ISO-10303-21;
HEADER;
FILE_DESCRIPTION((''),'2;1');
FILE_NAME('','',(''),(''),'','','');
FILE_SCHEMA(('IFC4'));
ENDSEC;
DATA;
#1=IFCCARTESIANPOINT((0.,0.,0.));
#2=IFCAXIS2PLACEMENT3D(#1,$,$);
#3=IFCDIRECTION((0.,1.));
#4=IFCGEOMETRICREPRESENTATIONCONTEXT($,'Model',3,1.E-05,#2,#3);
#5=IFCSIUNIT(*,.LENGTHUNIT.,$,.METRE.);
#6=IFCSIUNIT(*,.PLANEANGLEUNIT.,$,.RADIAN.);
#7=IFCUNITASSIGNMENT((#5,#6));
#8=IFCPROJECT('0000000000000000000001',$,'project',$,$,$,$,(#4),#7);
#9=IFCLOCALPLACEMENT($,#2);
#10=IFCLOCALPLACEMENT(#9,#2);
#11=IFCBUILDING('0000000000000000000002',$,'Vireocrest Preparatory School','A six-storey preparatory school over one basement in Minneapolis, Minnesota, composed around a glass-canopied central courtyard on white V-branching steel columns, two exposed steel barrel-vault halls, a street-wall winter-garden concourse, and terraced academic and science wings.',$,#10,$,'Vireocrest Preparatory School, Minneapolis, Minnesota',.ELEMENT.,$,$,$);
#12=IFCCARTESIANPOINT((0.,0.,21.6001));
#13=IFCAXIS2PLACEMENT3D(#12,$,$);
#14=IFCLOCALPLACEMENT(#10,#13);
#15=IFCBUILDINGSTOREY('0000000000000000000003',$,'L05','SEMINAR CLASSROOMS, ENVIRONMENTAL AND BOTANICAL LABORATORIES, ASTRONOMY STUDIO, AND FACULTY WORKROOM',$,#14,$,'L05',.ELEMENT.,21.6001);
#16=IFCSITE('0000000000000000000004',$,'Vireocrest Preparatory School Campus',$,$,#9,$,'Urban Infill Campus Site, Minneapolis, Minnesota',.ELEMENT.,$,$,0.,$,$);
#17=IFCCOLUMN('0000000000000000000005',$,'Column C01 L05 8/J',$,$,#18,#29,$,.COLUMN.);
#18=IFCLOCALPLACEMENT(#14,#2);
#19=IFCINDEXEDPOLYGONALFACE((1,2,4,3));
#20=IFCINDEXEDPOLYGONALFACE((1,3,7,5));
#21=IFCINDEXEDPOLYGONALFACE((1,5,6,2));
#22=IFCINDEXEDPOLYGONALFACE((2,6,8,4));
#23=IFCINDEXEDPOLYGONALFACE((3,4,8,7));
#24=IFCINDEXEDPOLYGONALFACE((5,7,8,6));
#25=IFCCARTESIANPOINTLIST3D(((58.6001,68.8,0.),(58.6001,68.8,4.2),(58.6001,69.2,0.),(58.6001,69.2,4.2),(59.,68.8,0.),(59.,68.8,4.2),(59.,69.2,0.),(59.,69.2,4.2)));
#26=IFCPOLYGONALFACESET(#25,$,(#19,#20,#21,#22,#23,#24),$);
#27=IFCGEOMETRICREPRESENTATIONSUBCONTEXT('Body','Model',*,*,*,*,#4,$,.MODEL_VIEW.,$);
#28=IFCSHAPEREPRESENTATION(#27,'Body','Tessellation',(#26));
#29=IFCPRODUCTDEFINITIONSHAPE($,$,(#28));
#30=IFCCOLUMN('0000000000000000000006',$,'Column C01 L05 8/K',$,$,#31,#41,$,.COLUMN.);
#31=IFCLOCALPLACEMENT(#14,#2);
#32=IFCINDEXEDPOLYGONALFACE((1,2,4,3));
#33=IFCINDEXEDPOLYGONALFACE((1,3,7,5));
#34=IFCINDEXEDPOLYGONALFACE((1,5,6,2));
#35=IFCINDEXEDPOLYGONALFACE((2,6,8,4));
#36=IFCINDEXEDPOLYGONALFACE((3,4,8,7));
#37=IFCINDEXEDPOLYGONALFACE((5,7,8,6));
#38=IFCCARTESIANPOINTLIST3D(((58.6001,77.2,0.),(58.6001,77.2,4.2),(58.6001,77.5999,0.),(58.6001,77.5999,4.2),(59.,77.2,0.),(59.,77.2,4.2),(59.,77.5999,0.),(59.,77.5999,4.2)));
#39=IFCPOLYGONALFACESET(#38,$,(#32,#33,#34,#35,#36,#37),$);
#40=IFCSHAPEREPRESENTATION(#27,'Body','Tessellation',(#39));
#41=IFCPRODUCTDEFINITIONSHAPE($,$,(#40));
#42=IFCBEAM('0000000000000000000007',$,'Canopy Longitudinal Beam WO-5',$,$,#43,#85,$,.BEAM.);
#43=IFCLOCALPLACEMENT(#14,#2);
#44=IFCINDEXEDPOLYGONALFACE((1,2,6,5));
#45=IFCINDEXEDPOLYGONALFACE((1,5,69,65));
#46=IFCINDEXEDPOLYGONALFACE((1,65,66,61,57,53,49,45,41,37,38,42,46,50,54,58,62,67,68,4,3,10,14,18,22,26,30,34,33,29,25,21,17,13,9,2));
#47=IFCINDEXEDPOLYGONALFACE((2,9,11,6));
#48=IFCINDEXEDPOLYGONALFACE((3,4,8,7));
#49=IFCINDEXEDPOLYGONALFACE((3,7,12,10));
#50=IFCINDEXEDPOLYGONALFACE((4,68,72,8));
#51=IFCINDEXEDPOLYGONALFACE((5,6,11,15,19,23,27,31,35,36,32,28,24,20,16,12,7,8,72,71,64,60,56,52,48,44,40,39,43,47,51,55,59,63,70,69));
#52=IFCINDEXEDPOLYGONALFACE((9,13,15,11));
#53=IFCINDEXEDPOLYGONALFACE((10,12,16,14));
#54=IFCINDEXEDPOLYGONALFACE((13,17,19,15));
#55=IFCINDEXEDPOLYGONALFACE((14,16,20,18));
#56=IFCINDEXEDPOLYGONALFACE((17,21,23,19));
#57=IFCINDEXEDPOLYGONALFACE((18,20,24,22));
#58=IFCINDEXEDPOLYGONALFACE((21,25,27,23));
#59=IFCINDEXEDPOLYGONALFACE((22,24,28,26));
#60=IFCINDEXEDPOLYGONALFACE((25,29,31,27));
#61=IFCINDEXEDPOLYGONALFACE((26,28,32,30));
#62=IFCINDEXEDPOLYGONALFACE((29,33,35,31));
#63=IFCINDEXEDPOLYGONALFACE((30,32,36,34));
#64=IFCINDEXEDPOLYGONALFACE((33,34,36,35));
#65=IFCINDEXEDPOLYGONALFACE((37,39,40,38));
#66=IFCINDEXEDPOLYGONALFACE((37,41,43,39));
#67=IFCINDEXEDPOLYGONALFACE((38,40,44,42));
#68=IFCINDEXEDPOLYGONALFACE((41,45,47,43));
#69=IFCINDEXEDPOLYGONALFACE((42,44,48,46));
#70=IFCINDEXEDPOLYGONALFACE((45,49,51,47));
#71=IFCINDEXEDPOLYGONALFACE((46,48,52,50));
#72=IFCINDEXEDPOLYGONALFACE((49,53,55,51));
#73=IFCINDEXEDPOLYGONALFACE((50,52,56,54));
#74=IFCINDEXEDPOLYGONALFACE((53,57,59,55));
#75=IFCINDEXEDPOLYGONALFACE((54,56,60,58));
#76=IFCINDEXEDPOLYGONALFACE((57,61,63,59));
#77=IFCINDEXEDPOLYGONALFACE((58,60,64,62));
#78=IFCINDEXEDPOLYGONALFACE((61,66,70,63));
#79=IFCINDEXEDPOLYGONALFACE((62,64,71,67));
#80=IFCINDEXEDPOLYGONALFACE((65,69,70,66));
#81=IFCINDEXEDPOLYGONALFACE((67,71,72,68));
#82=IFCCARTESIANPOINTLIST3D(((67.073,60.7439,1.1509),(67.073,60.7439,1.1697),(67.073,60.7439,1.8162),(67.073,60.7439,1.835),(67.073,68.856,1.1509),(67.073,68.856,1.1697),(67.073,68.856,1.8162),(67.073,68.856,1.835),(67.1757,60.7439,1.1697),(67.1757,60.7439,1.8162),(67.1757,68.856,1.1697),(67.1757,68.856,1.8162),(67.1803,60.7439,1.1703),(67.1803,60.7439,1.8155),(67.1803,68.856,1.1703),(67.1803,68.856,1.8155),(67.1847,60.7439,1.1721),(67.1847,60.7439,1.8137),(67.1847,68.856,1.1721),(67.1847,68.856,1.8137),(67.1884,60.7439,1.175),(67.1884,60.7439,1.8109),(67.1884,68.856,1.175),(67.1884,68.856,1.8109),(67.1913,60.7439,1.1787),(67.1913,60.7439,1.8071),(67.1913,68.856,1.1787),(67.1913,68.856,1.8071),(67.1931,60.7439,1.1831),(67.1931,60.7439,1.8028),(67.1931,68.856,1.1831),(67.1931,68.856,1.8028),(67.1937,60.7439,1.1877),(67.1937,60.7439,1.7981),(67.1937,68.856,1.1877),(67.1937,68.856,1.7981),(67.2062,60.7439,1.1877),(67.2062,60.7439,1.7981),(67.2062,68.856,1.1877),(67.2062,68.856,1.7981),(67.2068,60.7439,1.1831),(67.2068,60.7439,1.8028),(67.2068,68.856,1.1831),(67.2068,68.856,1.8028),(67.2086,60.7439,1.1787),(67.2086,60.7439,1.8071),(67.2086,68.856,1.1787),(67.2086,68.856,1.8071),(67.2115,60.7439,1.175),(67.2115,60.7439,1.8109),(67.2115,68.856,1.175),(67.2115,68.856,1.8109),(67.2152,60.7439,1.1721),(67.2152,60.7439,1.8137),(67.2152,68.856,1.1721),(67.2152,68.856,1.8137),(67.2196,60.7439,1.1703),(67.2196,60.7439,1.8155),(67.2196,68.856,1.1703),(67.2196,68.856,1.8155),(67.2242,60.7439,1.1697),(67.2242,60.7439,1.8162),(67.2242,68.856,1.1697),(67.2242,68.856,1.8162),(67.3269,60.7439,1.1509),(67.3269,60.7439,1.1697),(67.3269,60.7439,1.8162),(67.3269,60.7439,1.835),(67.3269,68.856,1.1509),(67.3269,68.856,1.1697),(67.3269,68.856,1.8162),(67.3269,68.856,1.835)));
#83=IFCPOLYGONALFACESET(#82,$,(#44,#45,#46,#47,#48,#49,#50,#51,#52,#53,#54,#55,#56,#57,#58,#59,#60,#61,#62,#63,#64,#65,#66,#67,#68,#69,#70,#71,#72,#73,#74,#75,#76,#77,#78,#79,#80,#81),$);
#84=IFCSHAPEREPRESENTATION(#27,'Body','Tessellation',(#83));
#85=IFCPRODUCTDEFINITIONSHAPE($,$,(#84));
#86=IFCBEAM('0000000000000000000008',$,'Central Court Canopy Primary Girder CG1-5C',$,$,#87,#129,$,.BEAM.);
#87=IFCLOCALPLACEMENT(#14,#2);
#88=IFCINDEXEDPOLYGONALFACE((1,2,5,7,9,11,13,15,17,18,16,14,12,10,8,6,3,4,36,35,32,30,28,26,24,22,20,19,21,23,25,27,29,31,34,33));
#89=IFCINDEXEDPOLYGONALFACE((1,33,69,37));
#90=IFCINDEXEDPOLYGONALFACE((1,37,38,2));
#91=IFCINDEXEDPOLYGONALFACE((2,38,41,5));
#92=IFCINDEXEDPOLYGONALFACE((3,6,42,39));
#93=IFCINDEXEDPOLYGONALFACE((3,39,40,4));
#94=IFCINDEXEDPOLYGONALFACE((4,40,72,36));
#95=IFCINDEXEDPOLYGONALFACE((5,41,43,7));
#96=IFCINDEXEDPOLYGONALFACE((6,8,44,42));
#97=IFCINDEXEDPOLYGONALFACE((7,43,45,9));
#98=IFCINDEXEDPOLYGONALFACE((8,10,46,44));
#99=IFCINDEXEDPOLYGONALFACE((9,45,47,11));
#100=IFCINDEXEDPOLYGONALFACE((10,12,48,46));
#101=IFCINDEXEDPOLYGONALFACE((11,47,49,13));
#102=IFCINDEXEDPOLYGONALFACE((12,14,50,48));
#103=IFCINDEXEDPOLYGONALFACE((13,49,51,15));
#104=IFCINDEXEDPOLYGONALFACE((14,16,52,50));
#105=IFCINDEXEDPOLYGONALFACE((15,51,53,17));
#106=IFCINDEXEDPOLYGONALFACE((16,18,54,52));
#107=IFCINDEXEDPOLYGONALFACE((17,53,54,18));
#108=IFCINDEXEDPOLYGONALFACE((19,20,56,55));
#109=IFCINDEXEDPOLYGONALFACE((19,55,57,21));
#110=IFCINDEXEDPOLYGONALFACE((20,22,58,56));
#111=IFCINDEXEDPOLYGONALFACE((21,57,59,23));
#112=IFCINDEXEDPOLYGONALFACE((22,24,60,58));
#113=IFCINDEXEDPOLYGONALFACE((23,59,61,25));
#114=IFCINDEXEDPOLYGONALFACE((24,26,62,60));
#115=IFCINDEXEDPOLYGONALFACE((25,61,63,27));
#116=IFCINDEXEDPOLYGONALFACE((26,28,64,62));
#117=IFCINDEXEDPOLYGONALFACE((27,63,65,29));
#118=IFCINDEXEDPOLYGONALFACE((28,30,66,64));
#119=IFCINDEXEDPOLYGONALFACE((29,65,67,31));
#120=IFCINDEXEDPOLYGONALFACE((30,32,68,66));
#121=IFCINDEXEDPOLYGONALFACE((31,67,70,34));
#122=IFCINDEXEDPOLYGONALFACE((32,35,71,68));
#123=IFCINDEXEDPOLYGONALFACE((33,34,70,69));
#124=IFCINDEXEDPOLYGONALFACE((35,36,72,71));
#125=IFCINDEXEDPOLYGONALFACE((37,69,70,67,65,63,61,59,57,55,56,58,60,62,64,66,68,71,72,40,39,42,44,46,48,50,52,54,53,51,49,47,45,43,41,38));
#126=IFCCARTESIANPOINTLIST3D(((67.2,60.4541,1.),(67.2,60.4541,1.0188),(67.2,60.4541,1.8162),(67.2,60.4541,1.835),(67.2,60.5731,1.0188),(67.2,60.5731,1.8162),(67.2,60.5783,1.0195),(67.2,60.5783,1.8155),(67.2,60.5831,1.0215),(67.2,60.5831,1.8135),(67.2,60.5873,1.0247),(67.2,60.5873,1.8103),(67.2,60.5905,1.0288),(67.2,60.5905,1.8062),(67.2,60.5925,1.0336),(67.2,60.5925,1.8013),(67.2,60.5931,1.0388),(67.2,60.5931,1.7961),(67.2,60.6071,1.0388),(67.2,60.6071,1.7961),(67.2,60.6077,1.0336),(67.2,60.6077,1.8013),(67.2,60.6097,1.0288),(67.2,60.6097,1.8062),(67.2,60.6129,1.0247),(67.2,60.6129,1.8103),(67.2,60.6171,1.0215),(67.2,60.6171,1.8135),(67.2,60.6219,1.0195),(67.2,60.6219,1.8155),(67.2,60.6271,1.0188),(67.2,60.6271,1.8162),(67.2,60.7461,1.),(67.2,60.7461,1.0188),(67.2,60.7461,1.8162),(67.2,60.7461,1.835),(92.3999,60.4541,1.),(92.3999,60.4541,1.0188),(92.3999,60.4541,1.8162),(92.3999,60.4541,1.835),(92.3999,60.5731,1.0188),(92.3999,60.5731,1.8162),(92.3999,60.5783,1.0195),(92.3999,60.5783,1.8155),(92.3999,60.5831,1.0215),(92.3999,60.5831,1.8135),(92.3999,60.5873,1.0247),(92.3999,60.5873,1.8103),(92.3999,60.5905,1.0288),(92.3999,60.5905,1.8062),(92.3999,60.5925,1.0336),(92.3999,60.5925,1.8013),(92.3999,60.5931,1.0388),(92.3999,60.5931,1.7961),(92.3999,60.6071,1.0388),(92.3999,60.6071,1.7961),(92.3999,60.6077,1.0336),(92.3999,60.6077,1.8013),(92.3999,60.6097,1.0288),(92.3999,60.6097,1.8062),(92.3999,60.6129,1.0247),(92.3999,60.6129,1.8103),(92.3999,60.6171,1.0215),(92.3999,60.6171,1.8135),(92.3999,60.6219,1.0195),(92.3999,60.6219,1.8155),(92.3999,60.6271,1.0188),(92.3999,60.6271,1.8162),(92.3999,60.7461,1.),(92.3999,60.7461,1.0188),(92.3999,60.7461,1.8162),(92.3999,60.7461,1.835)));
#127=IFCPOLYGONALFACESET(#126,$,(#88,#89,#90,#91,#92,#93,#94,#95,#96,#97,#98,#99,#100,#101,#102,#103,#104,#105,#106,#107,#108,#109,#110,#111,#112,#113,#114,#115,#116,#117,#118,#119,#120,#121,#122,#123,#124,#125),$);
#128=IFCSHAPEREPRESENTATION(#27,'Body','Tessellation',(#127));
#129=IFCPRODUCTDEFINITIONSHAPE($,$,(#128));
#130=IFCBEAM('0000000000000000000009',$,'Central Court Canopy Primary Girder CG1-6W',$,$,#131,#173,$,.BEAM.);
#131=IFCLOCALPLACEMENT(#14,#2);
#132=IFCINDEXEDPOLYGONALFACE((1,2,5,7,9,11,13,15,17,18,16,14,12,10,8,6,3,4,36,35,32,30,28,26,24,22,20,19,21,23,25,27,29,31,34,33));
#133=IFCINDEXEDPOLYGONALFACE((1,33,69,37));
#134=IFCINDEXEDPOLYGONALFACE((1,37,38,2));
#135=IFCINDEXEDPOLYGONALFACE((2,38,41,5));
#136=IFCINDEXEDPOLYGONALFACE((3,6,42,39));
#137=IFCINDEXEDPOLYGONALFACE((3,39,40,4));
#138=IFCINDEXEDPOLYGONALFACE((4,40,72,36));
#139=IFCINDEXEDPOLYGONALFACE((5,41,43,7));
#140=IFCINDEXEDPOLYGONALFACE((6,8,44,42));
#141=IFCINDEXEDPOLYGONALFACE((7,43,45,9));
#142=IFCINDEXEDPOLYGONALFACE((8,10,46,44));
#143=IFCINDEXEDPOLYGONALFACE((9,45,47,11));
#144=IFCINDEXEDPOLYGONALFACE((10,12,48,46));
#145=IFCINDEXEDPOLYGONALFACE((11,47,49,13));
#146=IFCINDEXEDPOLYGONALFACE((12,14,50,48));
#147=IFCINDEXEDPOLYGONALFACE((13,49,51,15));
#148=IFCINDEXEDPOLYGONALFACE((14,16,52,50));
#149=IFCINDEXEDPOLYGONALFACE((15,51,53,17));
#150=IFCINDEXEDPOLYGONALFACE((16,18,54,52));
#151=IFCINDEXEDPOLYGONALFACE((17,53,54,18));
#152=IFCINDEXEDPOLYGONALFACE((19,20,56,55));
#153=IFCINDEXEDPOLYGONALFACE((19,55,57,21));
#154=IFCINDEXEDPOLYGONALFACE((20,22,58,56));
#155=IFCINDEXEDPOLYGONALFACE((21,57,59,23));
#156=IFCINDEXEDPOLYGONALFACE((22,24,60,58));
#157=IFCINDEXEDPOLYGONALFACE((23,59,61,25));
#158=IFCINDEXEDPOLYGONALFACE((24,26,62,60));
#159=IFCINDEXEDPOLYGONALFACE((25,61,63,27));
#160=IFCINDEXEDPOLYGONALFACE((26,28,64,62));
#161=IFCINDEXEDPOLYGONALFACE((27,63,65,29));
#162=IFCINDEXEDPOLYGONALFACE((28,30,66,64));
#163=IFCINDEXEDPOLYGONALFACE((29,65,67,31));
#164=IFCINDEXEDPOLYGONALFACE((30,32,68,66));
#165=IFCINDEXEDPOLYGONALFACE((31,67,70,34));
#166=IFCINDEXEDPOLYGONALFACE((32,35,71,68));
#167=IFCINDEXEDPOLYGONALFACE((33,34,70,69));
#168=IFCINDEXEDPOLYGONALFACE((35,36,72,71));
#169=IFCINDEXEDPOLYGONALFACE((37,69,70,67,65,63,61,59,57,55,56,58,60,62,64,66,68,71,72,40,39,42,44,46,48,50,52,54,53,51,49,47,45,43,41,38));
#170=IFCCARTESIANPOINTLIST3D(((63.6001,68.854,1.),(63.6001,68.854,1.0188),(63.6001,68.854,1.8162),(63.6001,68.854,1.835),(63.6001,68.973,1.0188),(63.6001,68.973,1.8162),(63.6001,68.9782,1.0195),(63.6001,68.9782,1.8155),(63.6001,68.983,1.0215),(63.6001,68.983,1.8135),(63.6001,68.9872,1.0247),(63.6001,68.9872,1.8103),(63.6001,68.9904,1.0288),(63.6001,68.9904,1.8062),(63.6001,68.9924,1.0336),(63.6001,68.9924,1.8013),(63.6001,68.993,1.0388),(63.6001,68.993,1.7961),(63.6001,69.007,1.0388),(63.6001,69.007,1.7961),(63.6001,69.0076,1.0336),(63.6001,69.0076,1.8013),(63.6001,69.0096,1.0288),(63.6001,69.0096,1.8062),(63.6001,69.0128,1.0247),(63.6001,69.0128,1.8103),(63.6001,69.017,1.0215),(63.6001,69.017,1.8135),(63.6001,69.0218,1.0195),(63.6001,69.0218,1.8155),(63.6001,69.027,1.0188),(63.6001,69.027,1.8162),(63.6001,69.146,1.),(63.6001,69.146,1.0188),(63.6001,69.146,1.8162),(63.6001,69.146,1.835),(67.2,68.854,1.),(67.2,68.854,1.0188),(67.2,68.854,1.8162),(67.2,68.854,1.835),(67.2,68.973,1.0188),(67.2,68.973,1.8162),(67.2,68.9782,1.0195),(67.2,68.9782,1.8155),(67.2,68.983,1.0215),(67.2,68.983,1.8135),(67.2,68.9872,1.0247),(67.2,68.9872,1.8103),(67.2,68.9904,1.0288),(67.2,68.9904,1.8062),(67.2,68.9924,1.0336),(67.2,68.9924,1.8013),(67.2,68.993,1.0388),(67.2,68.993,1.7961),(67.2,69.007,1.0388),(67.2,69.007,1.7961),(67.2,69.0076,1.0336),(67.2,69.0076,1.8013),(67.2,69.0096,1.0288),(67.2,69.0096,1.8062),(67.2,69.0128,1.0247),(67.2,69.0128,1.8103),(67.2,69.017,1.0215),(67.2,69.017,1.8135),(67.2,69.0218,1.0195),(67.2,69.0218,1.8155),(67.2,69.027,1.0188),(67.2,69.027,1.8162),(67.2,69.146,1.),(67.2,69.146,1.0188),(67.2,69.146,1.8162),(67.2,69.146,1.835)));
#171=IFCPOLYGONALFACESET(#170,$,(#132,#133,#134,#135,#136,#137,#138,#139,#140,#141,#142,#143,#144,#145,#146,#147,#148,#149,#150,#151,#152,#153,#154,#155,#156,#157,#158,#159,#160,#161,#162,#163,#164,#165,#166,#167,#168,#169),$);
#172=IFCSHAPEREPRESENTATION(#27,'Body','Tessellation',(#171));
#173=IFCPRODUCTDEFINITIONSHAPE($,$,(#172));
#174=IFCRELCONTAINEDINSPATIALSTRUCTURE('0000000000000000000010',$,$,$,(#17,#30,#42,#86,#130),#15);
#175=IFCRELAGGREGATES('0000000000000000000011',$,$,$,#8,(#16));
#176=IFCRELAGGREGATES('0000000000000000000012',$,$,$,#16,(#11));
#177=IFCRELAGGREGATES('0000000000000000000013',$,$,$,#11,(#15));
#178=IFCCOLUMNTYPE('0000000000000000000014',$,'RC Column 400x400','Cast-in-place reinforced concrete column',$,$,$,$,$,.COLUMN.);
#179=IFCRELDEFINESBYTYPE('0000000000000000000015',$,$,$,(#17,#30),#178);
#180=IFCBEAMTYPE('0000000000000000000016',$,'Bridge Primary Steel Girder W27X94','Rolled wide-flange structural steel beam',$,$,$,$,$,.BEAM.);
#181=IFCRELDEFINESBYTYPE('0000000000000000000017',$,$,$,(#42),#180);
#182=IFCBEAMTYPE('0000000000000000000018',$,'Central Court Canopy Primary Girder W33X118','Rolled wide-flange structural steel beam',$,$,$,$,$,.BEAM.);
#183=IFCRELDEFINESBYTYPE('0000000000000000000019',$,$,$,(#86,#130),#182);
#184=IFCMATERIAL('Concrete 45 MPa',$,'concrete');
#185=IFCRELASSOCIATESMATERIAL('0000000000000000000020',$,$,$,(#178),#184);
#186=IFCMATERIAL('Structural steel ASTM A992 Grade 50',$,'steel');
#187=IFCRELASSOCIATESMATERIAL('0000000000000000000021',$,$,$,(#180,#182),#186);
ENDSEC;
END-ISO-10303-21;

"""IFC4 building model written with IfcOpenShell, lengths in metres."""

from ifc_helpers import new_model, si_unit, direction, frame, origin, origin_2d, place, context, subcontext, project, spatial, rectangle, i_section, extrude, material, material_profile, profile_set, type_object, element, save


model = new_model("IFC4")

# Units and contexts
model_context = context("Model", 3, precision=1e-05, world=origin(), true_north=direction((0.0, 1.0)))
body_context = subcontext(model_context, "Body", "Model", "MODEL_VIEW")
ifc_project = project(units=[si_unit("LENGTHUNIT", "METRE"), si_unit("PLANEANGLEUNIT", "RADIAN")], contexts=[model_context])

# Site, building, storey
site_placement = place(None, origin())
site = spatial("IfcSite", under=ifc_project, at=site_placement, Name="Vireocrest Preparatory School Campus", LongName="Urban Infill Campus Site, Minneapolis, Minnesota", CompositionType="ELEMENT", RefElevation=0.0)
building_placement = place(site_placement, origin())
building = spatial("IfcBuilding", under=site, at=building_placement, Name="Vireocrest Preparatory School", Description="A six-storey preparatory school over one basement in Minneapolis, Minnesota, composed around a glass-canopied central courtyard on white V-branching steel columns, two exposed steel barrel-vault halls, a street-wall winter-garden concourse, and terraced academic and science wings.", LongName="Vireocrest Preparatory School, Minneapolis, Minnesota", CompositionType="ELEMENT")
storey_placement = place(building_placement, frame((0.0, 0.0, 21.6001)))
storey = spatial("IfcBuildingStorey", under=building, at=storey_placement, Name="L05", Description="SEMINAR CLASSROOMS, ENVIRONMENTAL AND BOTANICAL LABORATORIES, ASTRONOMY STUDIO, AND FACULTY WORKROOM", LongName="L05", CompositionType="ELEMENT", Elevation=21.6001)

# Columns
ifc_material_1 = material(Name="Concrete 45 MPa", Category="concrete")
ifc_material_profile_1 = material_profile(ifc_material_1, rectangle(XDim=0.3999, YDim=0.3999, at=origin_2d()), Name="RC 400x400")
ifc_profile_set_1 = profile_set([ifc_material_profile_1], Name="Concrete 45 MPa")
column_type = type_object("IfcColumnType", Name="RC Column 400x400", Description="Cast-in-place reinforced concrete column", PredefinedType="COLUMN", material=ifc_profile_set_1)
for number, where, z_axis, x_axis, name in (
    (1, (58.8, 69.0, 0.0), (0.0, 0.0, 1.0), (1.0, 0.0, 0.0), "Column C01 L05 8/J"),
    (2, (58.8, 77.3999, 0.0), (0.0, 0.0, 1.0), (1.0, 0.0, 0.0), "Column C01 L05 8/K"),
):
    element("IfcColumn", number, at=place(storey_placement, frame(where, z_axis=z_axis, x_axis=x_axis)), inside=storey, type_object=column_type, Name=name, PredefinedType="COLUMN", context=body_context, shape_type="SweptSolid", body=[
        extrude(rectangle(XDim=0.3999, YDim=0.3999, at=origin_2d()), origin(), (0.0, 0.0, 1.0), 4.2),
    ])

# Beams
ifc_material_2 = material(Name="Structural steel ASTM A992 Grade 50", Category="steel")
ifc_material_profile_2 = material_profile(ifc_material_2, i_section(OverallWidth=0.2539, OverallDepth=0.6841, WebThickness=0.0125, FlangeThickness=0.0188, FilletRadius=0.0181, at=origin_2d()), Name="W27X94")
ifc_profile_set_2 = profile_set([ifc_material_profile_2], Name="Structural steel ASTM A992 Grade 50")
beam_type_1 = type_object("IfcBeamType", Name="Bridge Primary Steel Girder W27X94", Description="Rolled wide-flange structural steel beam", PredefinedType="BEAM", material=ifc_profile_set_2)
beam_1_placement = place(storey_placement, frame((67.2, 60.7439, 1.4929), z_axis=(0.0, 1.0, 0.0), x_axis=(-1.0, 0.0, 0.0)))
element("IfcBeam", 3, at=beam_1_placement, inside=storey, type_object=beam_type_1, Name="Canopy Longitudinal Beam WO-5", PredefinedType="BEAM", context=body_context, shape_type="SweptSolid", body=[
    extrude(i_section(OverallWidth=0.2539, OverallDepth=0.6841, WebThickness=0.0125, FlangeThickness=0.0188, FilletRadius=0.0181, at=origin_2d()), origin(), (0.0, 0.0, 1.0), 8.1121),
])
ifc_material_profile_3 = material_profile(ifc_material_2, i_section(OverallWidth=0.292, OverallDepth=0.835, WebThickness=0.0139, FlangeThickness=0.0188, FilletRadius=0.02, at=origin_2d()), Name="W33X118")
ifc_profile_set_3 = profile_set([ifc_material_profile_3], Name="Structural steel ASTM A992 Grade 50")
beam_type_2 = type_object("IfcBeamType", Name="Central Court Canopy Primary Girder W33X118", Description="Rolled wide-flange structural steel beam", PredefinedType="BEAM", material=ifc_profile_set_3)
beam_2_placement = place(storey_placement, frame((67.2, 60.6001, 1.4175), z_axis=(1.0, 0.0, 0.0), x_axis=(0.0, 1.0, 0.0)))
element("IfcBeam", 4, at=beam_2_placement, inside=storey, type_object=beam_type_2, Name="Central Court Canopy Primary Girder CG1-5C", PredefinedType="BEAM", context=body_context, shape_type="SweptSolid", body=[
    extrude(i_section(OverallWidth=0.292, OverallDepth=0.835, WebThickness=0.0139, FlangeThickness=0.0188, FilletRadius=0.02, at=origin_2d()), origin(), (0.0, 0.0, 1.0), 25.2),
])
for number, where, z_axis, x_axis, name in (
    (5, (63.6001, 69.0, 1.4175), (1.0, 0.0, 0.0), (0.0, 1.0, 0.0), "Central Court Canopy Primary Girder CG1-6W"),
):
    element("IfcBeam", number, at=place(storey_placement, frame(where, z_axis=z_axis, x_axis=x_axis)), inside=storey, type_object=beam_type_2, Name=name, PredefinedType="BEAM", context=body_context, shape_type="SweptSolid", body=[
        extrude(i_section(OverallWidth=0.292, OverallDepth=0.835, WebThickness=0.0139, FlangeThickness=0.0188, FilletRadius=0.02, at=origin_2d()), origin(), (0.0, 0.0, 1.0), 3.5999),
    ])

save(model, "model.ifc")
